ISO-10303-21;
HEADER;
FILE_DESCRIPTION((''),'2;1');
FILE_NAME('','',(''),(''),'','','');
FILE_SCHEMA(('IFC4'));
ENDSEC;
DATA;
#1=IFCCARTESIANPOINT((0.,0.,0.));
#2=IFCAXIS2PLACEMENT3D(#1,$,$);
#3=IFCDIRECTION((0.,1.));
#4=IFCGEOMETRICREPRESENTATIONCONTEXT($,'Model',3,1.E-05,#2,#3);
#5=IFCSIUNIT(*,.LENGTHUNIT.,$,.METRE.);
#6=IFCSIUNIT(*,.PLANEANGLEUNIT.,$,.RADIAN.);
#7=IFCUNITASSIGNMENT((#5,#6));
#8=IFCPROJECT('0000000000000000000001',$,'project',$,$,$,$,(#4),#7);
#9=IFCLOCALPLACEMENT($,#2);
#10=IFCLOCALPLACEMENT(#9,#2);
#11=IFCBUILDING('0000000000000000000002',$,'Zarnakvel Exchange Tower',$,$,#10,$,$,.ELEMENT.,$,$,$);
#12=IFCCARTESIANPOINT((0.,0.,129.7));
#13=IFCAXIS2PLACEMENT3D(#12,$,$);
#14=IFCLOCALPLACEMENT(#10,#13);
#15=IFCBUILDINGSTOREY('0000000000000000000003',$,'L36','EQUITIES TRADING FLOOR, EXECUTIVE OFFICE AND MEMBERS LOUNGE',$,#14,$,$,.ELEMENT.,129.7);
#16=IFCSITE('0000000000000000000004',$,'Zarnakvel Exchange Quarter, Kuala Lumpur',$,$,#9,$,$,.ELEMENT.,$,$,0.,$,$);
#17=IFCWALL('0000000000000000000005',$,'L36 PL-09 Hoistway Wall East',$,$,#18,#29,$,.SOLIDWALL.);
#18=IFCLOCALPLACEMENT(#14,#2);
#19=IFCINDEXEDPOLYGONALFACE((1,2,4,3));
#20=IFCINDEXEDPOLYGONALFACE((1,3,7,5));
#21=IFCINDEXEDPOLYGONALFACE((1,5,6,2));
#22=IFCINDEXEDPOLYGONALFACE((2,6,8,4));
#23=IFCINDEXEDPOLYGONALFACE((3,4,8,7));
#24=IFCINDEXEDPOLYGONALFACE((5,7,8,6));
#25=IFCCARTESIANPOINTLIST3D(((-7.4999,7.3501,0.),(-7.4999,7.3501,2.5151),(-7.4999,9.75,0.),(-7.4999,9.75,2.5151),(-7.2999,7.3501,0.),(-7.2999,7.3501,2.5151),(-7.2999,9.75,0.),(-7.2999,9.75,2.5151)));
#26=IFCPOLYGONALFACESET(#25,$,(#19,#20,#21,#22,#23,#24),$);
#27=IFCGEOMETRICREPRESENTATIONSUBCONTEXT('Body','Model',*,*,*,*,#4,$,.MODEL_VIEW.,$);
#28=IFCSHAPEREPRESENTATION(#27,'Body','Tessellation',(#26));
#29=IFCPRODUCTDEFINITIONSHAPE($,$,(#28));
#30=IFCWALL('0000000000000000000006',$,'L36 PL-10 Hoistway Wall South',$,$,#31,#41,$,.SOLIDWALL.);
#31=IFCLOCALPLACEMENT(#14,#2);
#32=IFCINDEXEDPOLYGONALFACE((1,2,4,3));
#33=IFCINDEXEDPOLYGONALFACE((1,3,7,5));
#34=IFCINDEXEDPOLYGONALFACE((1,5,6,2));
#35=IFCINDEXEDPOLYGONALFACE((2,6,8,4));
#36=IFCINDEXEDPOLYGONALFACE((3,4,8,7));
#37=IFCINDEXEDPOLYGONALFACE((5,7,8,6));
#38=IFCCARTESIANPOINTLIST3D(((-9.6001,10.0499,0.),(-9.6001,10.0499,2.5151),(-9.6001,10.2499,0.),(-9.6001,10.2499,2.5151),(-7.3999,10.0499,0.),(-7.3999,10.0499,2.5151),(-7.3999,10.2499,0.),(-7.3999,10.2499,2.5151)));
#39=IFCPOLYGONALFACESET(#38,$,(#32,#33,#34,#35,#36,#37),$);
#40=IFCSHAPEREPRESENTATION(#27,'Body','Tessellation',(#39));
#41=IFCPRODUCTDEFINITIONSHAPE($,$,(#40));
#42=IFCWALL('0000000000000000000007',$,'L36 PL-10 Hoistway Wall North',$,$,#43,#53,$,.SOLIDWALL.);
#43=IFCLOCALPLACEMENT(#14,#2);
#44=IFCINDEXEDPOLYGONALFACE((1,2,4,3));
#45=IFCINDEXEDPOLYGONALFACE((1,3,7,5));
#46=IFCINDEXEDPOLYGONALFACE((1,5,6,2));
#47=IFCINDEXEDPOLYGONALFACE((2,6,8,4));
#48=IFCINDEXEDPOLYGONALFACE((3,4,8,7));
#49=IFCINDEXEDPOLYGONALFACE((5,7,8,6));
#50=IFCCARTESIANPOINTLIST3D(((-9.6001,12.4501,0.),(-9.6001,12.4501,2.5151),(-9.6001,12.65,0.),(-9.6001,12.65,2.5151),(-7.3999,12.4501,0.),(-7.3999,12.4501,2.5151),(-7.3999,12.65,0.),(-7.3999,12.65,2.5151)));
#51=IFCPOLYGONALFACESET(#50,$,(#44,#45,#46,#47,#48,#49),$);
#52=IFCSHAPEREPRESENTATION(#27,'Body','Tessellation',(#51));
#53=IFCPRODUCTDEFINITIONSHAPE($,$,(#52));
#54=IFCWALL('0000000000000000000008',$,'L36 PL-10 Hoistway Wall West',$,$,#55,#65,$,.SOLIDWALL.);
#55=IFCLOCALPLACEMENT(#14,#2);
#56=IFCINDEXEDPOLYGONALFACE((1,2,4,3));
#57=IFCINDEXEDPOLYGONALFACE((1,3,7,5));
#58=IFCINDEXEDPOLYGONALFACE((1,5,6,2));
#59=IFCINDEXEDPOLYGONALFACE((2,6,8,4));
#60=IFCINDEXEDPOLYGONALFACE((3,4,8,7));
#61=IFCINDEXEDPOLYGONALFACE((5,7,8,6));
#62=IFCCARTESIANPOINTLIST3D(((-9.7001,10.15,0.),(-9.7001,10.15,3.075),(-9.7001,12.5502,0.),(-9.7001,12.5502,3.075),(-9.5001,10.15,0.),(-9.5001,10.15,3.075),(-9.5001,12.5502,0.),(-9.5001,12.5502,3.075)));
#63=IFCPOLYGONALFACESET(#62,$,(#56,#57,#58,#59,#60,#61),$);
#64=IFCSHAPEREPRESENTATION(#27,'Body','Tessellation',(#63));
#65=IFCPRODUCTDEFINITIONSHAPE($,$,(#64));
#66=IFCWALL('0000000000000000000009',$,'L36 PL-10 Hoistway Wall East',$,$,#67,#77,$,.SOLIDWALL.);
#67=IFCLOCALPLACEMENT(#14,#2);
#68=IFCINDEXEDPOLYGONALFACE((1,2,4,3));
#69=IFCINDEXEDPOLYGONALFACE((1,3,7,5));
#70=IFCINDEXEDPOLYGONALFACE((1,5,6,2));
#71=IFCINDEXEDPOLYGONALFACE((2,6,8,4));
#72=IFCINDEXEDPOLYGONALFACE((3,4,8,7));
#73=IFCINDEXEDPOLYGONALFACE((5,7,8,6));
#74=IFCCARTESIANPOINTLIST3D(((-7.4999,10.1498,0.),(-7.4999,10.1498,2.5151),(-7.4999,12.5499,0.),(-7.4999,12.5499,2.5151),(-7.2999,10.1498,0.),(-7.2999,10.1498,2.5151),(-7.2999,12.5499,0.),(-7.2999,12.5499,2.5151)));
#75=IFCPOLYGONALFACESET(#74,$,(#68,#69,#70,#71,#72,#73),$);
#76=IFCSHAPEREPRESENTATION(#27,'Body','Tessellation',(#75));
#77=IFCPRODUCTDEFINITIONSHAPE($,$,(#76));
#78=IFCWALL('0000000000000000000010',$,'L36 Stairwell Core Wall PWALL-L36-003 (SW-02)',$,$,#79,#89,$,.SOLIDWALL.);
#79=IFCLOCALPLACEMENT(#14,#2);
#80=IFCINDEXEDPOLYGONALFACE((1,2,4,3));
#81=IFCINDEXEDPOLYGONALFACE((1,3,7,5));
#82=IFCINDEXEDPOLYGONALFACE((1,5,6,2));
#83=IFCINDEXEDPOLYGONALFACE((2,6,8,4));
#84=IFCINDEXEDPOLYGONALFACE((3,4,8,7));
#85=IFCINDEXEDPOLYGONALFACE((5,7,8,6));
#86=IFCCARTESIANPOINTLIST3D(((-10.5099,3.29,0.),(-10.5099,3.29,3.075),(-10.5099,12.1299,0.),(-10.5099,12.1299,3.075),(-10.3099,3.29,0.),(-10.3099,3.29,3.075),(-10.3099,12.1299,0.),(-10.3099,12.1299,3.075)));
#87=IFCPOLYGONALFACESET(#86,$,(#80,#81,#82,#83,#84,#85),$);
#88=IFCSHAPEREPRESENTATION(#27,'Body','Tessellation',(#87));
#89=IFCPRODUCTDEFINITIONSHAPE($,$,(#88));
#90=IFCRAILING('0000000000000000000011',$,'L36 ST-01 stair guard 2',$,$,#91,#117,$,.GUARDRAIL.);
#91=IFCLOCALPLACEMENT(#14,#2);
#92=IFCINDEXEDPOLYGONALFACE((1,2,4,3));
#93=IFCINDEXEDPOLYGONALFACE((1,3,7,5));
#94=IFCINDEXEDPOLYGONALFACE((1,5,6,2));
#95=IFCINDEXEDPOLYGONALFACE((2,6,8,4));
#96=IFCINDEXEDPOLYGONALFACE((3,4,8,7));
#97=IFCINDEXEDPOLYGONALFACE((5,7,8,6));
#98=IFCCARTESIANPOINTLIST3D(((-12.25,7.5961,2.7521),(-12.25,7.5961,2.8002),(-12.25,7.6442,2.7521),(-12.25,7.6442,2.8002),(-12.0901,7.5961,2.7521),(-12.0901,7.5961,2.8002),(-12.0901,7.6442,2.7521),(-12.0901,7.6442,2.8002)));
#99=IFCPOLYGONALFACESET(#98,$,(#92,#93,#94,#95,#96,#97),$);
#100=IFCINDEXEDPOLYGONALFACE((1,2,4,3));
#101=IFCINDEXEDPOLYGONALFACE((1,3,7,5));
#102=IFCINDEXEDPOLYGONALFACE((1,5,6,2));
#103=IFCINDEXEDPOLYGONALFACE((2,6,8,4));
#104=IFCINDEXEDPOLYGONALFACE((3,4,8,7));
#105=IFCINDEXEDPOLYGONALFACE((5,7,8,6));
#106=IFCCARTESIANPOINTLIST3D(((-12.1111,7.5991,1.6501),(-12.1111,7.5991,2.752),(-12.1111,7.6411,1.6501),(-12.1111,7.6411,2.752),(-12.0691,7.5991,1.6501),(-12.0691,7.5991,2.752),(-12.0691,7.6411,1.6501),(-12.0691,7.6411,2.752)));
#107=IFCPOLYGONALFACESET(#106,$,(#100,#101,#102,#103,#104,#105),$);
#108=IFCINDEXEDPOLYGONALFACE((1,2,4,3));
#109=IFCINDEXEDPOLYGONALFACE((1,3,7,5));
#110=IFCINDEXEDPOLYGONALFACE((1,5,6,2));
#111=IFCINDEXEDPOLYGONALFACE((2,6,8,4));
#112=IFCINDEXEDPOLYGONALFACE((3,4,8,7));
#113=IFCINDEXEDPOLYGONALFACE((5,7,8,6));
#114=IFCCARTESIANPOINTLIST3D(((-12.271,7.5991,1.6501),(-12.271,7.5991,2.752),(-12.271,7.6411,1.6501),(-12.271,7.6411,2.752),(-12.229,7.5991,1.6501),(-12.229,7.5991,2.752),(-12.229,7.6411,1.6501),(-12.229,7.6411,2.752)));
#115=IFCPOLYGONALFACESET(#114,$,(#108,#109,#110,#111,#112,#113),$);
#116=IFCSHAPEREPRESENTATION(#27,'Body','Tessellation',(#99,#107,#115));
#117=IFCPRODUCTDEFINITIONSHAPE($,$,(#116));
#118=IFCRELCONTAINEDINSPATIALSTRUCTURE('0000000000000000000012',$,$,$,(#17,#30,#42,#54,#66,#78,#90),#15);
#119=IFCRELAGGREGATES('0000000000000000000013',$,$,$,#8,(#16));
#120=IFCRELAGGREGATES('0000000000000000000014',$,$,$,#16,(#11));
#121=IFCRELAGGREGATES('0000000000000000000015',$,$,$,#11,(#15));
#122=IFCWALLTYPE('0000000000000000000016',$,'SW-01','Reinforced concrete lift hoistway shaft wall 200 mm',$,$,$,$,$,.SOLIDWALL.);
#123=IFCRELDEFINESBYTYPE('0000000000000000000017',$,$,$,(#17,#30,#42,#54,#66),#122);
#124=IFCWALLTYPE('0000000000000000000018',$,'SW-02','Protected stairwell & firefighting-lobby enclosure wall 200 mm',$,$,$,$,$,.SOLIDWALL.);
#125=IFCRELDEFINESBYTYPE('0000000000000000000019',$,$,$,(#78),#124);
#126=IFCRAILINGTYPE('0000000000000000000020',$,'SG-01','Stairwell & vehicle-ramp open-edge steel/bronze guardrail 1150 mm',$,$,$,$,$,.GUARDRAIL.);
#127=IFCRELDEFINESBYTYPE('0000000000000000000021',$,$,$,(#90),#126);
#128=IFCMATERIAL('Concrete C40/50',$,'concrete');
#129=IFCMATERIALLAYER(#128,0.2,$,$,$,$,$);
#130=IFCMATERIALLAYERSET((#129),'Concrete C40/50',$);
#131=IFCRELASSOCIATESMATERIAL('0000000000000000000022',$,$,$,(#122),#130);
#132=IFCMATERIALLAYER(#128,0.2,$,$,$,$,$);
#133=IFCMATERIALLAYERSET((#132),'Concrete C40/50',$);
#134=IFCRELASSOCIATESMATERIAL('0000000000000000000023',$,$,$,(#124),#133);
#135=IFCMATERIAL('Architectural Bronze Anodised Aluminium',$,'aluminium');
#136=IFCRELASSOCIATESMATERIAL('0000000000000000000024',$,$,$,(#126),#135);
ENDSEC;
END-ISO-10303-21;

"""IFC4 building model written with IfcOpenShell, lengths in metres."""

from ifc_helpers import new_model, si_unit, direction, frame, frame_2d, origin, origin_2d, place, context, subcontext, project, spatial, rectangle, extrude, material, layer, layer_set, type_object, element, save


model = new_model("IFC4")

# Units and contexts
model_context = context("Model", 3, precision=1e-05, world=origin(), true_north=direction((0.0, 1.0)))
body_context = subcontext(model_context, "Body", "Model", "MODEL_VIEW")
ifc_project = project(units=[si_unit("LENGTHUNIT", "METRE"), si_unit("PLANEANGLEUNIT", "RADIAN")], contexts=[model_context])

# Site, building, storey
site_placement = place(None, origin())
site = spatial("IfcSite", under=ifc_project, at=site_placement, Name="Zarnakvel Exchange Quarter, Kuala Lumpur", CompositionType="ELEMENT", RefElevation=0.0)
building_placement = place(site_placement, origin())
building = spatial("IfcBuilding", under=site, at=building_placement, Name="Zarnakvel Exchange Tower", CompositionType="ELEMENT")
storey_placement = place(building_placement, frame((0.0, 0.0, 129.7)))
storey = spatial("IfcBuildingStorey", under=building, at=storey_placement, Name="L36", Description="EQUITIES TRADING FLOOR, EXECUTIVE OFFICE AND MEMBERS LOUNGE", CompositionType="ELEMENT", Elevation=129.7)

# Shared definitions
ifc_material_1 = material(Name="Architectural Bronze Anodised Aluminium", Category="aluminium")

# Walls
ifc_material_2 = material(Name="Concrete C40/50", Category="concrete")
ifc_layer_1 = layer(ifc_material_2, 0.2)
ifc_layer_set_1 = layer_set([ifc_layer_1], Name="Concrete C40/50")
wall_type_1 = type_object("IfcWallType", Name="SW-01", Description="Reinforced concrete lift hoistway shaft wall 200 mm", PredefinedType="SOLIDWALL", material=ifc_layer_set_1)
wall_1_placement = place(storey_placement, frame((-7.3999, 9.75, 0.0), z_axis=(0.0, 0.0, 1.0), x_axis=(0.0, -1.0, 0.0)))
element("IfcWall", 1, at=wall_1_placement, inside=storey, type_object=wall_type_1, Name="L36 PL-09 Hoistway Wall East", PredefinedType="SOLIDWALL", context=body_context, shape_type="SweptSolid", body=[
    extrude(rectangle(XDim=2.3999, YDim=0.2, at=frame_2d((1.2, 0.0))), origin(), (0.0, 0.0, 1.0), 2.5151),
])
for number, where, z_axis, x_axis, name in (
    (2, (-7.3999, 10.1499, 0.0), (0.0, 0.0, 1.0), (-1.0, 0.0, 0.0), "L36 PL-10 Hoistway Wall South"),
    (3, (-9.6001, 12.55, 0.0), (0.0, 0.0, 1.0), (1.0, 0.0, 0.0), "L36 PL-10 Hoistway Wall North"),
):
    element("IfcWall", number, at=place(storey_placement, frame(where, z_axis=z_axis, x_axis=x_axis)), inside=storey, type_object=wall_type_1, Name=name, PredefinedType="SOLIDWALL", context=body_context, shape_type="SweptSolid", body=[
        extrude(rectangle(XDim=2.2002, YDim=0.2, at=frame_2d((1.1001, 0.0))), origin(), (0.0, 0.0, 1.0), 2.5151),
    ])
wall_2_placement = place(storey_placement, frame((-9.6001, 10.1499, 0.0), z_axis=(0.0, 0.0, 1.0), x_axis=(0.0, 1.0, 0.0)))
element("IfcWall", 4, at=wall_2_placement, inside=storey, type_object=wall_type_1, Name="L36 PL-10 Hoistway Wall West", PredefinedType="SOLIDWALL", context=body_context, shape_type="SweptSolid", body=[
    extrude(rectangle(XDim=2.4001, YDim=0.2, at=frame_2d((1.2002, 0.0))), origin(), (0.0, 0.0, 1.0), 3.075),
])
wall_3_placement = place(storey_placement, frame((-7.3999, 12.55, 0.0), z_axis=(0.0, 0.0, 1.0), x_axis=(0.0, -1.0, 0.0)))
element("IfcWall", 5, at=wall_3_placement, inside=storey, type_object=wall_type_1, Name="L36 PL-10 Hoistway Wall East", PredefinedType="SOLIDWALL", context=body_context, shape_type="SweptSolid", body=[
    extrude(rectangle(XDim=2.4001, YDim=0.2, at=frame_2d((1.2002, 0.0))), origin(), (0.0, 0.0, 1.0), 2.5151),
])
ifc_layer_2 = layer(ifc_material_2, 0.2)
ifc_layer_set_2 = layer_set([ifc_layer_2], Name="Concrete C40/50")
wall_type_2 = type_object("IfcWallType", Name="SW-02", Description="Protected stairwell & firefighting-lobby enclosure wall 200 mm", PredefinedType="SOLIDWALL", material=ifc_layer_set_2)
wall_4_placement = place(storey_placement, frame((-10.4099, 12.1299, 0.0), z_axis=(0.0, 0.0, 1.0), x_axis=(0.0, -1.0, 0.0)))
element("IfcWall", 6, at=wall_4_placement, inside=storey, type_object=wall_type_2, Name="L36 Stairwell Core Wall PWALL-L36-003 (SW-02)", PredefinedType="SOLIDWALL", context=body_context, shape_type="SweptSolid", body=[
    extrude(rectangle(XDim=8.8398, YDim=0.2, at=frame_2d((4.4199, 0.0))), origin(), (0.0, 0.0, 1.0), 3.075),
])

# Railing
railing_type = type_object("IfcRailingType", Name="SG-01", Description="Stairwell & vehicle-ramp open-edge steel/bronze guardrail 1150 mm", PredefinedType="GUARDRAIL", material=ifc_material_1)
railing_placement = place(storey_placement, frame((-12.0901, 7.6201, 1.6501)))
element("IfcRailing", 7, at=railing_placement, inside=storey, type_object=railing_type, Name="L36 ST-01 stair guard 2", PredefinedType="GUARDRAIL", context=body_context, shape_type="SweptSolid", body=[
    extrude(rectangle(XDim=0.0481, YDim=0.0481, at=origin_2d()), frame((0.0, 0.0, 1.126), z_axis=(-1.0, 0.0, 0.0), x_axis=(0.0, -1.0, 0.0)), (0.0, 0.0, 1.0), 0.1599),
    extrude(rectangle(XDim=0.042, YDim=0.042, at=origin_2d()), origin(), (0.0, 0.0, 1.0), 1.1018),
    extrude(rectangle(XDim=0.042, YDim=0.042, at=origin_2d()), frame((-0.1599, 0.0, 0.0)), (0.0, 0.0, 1.0), 1.1018),
])

save(model, "model.ifc")
